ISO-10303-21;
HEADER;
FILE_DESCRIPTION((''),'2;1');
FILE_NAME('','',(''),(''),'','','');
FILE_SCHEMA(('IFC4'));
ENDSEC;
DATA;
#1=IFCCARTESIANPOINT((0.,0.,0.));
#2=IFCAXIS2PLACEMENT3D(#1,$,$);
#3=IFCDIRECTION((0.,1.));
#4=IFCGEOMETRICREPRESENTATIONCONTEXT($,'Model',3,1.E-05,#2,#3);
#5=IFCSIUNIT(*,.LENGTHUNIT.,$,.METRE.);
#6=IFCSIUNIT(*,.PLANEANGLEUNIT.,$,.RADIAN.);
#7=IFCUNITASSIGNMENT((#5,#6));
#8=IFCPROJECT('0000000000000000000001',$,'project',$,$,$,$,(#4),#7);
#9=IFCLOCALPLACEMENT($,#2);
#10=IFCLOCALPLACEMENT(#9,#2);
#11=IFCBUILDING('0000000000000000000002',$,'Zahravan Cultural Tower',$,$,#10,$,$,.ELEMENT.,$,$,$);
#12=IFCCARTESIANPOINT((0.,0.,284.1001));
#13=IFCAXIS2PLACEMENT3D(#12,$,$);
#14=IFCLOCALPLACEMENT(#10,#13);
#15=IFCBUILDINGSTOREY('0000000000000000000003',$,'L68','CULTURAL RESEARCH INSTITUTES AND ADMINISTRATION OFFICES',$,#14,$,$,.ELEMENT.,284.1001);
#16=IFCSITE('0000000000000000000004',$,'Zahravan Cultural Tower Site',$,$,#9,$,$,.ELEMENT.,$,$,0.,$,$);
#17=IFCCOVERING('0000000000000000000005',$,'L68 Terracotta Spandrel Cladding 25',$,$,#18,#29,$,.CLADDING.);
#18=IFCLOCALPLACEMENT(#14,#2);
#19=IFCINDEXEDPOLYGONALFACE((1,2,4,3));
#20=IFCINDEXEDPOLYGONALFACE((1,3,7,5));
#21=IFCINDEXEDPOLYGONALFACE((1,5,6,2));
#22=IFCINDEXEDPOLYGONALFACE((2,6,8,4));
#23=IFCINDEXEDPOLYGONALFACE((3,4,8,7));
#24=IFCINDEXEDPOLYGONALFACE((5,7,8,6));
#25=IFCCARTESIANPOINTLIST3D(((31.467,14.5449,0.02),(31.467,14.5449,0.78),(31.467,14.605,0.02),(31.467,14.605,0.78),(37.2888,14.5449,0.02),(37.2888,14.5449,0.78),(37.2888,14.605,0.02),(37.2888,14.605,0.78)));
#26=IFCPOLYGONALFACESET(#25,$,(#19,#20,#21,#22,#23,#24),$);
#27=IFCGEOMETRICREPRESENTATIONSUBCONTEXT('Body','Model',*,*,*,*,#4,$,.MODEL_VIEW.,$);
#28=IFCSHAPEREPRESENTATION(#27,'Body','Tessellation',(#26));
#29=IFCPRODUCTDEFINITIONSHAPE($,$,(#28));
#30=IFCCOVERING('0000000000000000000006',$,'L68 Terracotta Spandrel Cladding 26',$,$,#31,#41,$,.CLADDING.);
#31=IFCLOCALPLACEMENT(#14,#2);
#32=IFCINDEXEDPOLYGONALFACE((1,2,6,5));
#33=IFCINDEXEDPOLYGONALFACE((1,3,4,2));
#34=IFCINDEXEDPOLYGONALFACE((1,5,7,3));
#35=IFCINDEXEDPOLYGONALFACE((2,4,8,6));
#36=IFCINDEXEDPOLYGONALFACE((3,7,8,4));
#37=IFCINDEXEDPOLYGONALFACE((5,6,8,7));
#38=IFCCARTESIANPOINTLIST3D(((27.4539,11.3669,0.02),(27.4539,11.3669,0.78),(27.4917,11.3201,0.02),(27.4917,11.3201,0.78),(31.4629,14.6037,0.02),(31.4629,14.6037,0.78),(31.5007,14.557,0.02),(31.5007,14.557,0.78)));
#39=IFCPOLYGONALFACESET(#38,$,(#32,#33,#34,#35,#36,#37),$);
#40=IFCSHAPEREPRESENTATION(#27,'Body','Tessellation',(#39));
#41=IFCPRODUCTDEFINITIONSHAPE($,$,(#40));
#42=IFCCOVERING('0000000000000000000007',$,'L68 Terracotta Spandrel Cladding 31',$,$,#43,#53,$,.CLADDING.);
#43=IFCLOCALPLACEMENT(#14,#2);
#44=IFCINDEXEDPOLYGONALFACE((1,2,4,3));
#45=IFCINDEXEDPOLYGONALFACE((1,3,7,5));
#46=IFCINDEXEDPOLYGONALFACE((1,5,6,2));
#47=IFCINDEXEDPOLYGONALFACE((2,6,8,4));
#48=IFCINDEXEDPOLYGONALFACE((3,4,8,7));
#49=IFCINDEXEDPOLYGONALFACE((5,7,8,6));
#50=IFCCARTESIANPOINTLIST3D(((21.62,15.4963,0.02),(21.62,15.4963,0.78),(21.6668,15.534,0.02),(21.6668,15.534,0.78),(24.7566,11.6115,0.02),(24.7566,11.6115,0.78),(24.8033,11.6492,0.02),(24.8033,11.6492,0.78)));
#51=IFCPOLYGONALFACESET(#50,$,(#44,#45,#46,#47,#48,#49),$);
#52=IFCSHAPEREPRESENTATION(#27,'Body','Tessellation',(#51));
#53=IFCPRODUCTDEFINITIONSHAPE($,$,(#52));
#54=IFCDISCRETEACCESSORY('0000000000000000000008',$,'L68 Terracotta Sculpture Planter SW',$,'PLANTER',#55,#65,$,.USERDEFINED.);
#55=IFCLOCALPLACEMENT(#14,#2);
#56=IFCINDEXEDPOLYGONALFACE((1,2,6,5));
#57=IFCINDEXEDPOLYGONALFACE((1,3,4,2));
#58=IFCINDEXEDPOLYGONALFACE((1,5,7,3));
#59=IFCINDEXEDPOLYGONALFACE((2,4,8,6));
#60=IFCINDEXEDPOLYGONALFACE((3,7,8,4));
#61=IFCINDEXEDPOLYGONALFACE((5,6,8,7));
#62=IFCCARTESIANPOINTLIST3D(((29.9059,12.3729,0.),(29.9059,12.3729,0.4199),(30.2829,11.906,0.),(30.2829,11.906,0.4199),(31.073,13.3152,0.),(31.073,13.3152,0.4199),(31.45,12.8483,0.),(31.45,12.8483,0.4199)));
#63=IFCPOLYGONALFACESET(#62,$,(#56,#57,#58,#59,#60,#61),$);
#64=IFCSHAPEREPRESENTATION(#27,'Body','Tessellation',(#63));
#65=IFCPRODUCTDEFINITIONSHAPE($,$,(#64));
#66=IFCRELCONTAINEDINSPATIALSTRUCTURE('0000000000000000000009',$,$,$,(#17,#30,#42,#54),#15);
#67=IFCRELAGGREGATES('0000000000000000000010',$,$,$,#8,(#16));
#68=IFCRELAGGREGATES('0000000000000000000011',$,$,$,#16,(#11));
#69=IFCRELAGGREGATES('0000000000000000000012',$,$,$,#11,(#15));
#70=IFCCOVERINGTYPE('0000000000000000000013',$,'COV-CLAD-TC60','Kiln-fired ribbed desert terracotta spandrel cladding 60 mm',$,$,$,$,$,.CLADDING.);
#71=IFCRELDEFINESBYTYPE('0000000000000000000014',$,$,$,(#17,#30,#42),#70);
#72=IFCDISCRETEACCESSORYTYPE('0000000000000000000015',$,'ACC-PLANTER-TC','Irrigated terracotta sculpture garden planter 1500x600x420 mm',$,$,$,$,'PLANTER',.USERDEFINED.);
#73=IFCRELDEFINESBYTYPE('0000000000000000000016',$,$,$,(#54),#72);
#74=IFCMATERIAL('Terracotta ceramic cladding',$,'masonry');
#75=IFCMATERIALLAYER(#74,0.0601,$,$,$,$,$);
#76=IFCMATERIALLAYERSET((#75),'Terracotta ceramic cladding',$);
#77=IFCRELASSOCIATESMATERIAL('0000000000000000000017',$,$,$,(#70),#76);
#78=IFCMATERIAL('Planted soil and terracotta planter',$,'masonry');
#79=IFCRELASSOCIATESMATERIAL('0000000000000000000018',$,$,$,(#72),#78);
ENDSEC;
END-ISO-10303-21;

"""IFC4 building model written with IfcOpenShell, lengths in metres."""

from ifc_helpers import new_model, si_unit, direction, frame, origin, origin_2d, place, context, subcontext, project, spatial, rectangle, extrude, source, transform, mapped, material, layer, layer_set, type_object, element, save


model = new_model("IFC4")

# Units and contexts
model_context = context("Model", 3, precision=1e-05, world=origin(), true_north=direction((0.0, 1.0)))
body_context = subcontext(model_context, "Body", "Model", "MODEL_VIEW")
ifc_project = project(units=[si_unit("LENGTHUNIT", "METRE"), si_unit("PLANEANGLEUNIT", "RADIAN")], contexts=[model_context])

# Site, building, storey
site_placement = place(None, origin())
site = spatial("IfcSite", under=ifc_project, at=site_placement, Name="Zahravan Cultural Tower Site", CompositionType="ELEMENT", RefElevation=0.0)
building_placement = place(site_placement, origin())
building = spatial("IfcBuilding", under=site, at=building_placement, Name="Zahravan Cultural Tower", CompositionType="ELEMENT")
storey_placement = place(building_placement, frame((0.0, 0.0, 284.1001)))
storey = spatial("IfcBuildingStorey", under=building, at=storey_placement, Name="L68", Description="CULTURAL RESEARCH INSTITUTES AND ADMINISTRATION OFFICES", CompositionType="ELEMENT", Elevation=284.1001)

# Coverings
ifc_material_1 = material(Name="Terracotta ceramic cladding", Category="masonry")
ifc_layer_1 = layer(ifc_material_1, 0.0601)
ifc_layer_set_1 = layer_set([ifc_layer_1], Name="Terracotta ceramic cladding")
covering_type = type_object("IfcCoveringType", Name="COV-CLAD-TC60", Description="Kiln-fired ribbed desert terracotta spandrel cladding 60 mm", PredefinedType="CLADDING", material=ifc_layer_set_1)
shared_shape_1 = source(origin(), body_context, "Body", "SweptSolid", [
    extrude(rectangle(XDim=5.8218, YDim=0.0601, at=origin_2d()), origin(), (0.0, 0.0, 1.0), 0.76),
])
covering_1_placement = place(storey_placement, frame((34.3779, 14.575, 0.02), z_axis=(0.0, 0.0, 1.0), x_axis=(-1.0, 0.0, 0.0)))
element("IfcCovering", 1, at=covering_1_placement, inside=storey, type_object=covering_type, Name="L68 Terracotta Spandrel Cladding 25", PredefinedType="CLADDING", context=body_context, shape_type="MappedRepresentation", body=[
    mapped(shared_shape_1, transform((0.0, 0.0, 0.0), x_axis=(1.0, 0.0, 0.0), y_axis=(0.0, 1.0, 0.0), z_axis=(0.0, 0.0, 1.0), scale=1.0)),
])
shared_shape_2 = source(origin(), body_context, "Body", "SweptSolid", [
    extrude(rectangle(XDim=5.1526, YDim=0.0601, at=origin_2d()), origin(), (0.0, 0.0, 1.0), 0.76),
])
covering_2_placement = place(storey_placement, frame((29.4773, 12.9619, 0.02), z_axis=(0.0, 0.0, 1.0), x_axis=(-0.778057, -0.628194, 0.0)))
element("IfcCovering", 2, at=covering_2_placement, inside=storey, type_object=covering_type, Name="L68 Terracotta Spandrel Cladding 26", PredefinedType="CLADDING", context=body_context, shape_type="MappedRepresentation", body=[
    mapped(shared_shape_2, transform((0.0, 0.0, 0.0), x_axis=(1.0, 0.0, 0.0), y_axis=(0.0, 1.0, 0.0), z_axis=(0.0, 0.0, 1.0), scale=1.0)),
])
shared_shape_3 = source(origin(), body_context, "Body", "SweptSolid", [
    extrude(rectangle(XDim=4.9929, YDim=0.0601, at=origin_2d()), origin(), (0.0, 0.0, 1.0), 0.76),
])
covering_3_placement = place(storey_placement, frame((23.2117, 13.5728, 0.02), z_axis=(0.0, 0.0, 1.0), x_axis=(-0.628194, 0.778057, 0.0)))
element("IfcCovering", 3, at=covering_3_placement, inside=storey, type_object=covering_type, Name="L68 Terracotta Spandrel Cladding 31", PredefinedType="CLADDING", context=body_context, shape_type="MappedRepresentation", body=[
    mapped(shared_shape_3, transform((0.0, 0.0, 0.0), x_axis=(1.0, 0.0, 0.0), y_axis=(0.0, 1.0, 0.0), z_axis=(0.0, 0.0, 1.0), scale=1.0)),
])

# Discrete accessory
ifc_material_2 = material(Name="Planted soil and terracotta planter", Category="masonry")
discrete_accessory_type = type_object("IfcDiscreteAccessoryType", Name="ACC-PLANTER-TC", Description="Irrigated terracotta sculpture garden planter 1500x600x420 mm", ElementType="PLANTER", PredefinedType="USERDEFINED", material=ifc_material_2)
shared_shape_4 = source(origin(), body_context, "Body", "SweptSolid", [
    extrude(rectangle(XDim=1.5, YDim=0.6001, at=origin_2d()), origin(), (0.0, 0.0, 1.0), 0.4199),
])
discrete_accessory_placement = place(storey_placement, frame((30.678, 12.6106, 0.0), z_axis=(0.0, 0.0, 1.0), x_axis=(0.77806, 0.62819, 0.0)))
element("IfcDiscreteAccessory", 4, at=discrete_accessory_placement, inside=storey, type_object=discrete_accessory_type, Name="L68 Terracotta Sculpture Planter SW", ObjectType="PLANTER", PredefinedType="USERDEFINED", context=body_context, shape_type="MappedRepresentation", body=[
    mapped(shared_shape_4, transform((0.0, 0.0, 0.0), x_axis=(1.0, 0.0, 0.0), y_axis=(0.0, 1.0, 0.0), z_axis=(0.0, 0.0, 1.0), scale=1.0)),
])

save(model, "model.ifc")
